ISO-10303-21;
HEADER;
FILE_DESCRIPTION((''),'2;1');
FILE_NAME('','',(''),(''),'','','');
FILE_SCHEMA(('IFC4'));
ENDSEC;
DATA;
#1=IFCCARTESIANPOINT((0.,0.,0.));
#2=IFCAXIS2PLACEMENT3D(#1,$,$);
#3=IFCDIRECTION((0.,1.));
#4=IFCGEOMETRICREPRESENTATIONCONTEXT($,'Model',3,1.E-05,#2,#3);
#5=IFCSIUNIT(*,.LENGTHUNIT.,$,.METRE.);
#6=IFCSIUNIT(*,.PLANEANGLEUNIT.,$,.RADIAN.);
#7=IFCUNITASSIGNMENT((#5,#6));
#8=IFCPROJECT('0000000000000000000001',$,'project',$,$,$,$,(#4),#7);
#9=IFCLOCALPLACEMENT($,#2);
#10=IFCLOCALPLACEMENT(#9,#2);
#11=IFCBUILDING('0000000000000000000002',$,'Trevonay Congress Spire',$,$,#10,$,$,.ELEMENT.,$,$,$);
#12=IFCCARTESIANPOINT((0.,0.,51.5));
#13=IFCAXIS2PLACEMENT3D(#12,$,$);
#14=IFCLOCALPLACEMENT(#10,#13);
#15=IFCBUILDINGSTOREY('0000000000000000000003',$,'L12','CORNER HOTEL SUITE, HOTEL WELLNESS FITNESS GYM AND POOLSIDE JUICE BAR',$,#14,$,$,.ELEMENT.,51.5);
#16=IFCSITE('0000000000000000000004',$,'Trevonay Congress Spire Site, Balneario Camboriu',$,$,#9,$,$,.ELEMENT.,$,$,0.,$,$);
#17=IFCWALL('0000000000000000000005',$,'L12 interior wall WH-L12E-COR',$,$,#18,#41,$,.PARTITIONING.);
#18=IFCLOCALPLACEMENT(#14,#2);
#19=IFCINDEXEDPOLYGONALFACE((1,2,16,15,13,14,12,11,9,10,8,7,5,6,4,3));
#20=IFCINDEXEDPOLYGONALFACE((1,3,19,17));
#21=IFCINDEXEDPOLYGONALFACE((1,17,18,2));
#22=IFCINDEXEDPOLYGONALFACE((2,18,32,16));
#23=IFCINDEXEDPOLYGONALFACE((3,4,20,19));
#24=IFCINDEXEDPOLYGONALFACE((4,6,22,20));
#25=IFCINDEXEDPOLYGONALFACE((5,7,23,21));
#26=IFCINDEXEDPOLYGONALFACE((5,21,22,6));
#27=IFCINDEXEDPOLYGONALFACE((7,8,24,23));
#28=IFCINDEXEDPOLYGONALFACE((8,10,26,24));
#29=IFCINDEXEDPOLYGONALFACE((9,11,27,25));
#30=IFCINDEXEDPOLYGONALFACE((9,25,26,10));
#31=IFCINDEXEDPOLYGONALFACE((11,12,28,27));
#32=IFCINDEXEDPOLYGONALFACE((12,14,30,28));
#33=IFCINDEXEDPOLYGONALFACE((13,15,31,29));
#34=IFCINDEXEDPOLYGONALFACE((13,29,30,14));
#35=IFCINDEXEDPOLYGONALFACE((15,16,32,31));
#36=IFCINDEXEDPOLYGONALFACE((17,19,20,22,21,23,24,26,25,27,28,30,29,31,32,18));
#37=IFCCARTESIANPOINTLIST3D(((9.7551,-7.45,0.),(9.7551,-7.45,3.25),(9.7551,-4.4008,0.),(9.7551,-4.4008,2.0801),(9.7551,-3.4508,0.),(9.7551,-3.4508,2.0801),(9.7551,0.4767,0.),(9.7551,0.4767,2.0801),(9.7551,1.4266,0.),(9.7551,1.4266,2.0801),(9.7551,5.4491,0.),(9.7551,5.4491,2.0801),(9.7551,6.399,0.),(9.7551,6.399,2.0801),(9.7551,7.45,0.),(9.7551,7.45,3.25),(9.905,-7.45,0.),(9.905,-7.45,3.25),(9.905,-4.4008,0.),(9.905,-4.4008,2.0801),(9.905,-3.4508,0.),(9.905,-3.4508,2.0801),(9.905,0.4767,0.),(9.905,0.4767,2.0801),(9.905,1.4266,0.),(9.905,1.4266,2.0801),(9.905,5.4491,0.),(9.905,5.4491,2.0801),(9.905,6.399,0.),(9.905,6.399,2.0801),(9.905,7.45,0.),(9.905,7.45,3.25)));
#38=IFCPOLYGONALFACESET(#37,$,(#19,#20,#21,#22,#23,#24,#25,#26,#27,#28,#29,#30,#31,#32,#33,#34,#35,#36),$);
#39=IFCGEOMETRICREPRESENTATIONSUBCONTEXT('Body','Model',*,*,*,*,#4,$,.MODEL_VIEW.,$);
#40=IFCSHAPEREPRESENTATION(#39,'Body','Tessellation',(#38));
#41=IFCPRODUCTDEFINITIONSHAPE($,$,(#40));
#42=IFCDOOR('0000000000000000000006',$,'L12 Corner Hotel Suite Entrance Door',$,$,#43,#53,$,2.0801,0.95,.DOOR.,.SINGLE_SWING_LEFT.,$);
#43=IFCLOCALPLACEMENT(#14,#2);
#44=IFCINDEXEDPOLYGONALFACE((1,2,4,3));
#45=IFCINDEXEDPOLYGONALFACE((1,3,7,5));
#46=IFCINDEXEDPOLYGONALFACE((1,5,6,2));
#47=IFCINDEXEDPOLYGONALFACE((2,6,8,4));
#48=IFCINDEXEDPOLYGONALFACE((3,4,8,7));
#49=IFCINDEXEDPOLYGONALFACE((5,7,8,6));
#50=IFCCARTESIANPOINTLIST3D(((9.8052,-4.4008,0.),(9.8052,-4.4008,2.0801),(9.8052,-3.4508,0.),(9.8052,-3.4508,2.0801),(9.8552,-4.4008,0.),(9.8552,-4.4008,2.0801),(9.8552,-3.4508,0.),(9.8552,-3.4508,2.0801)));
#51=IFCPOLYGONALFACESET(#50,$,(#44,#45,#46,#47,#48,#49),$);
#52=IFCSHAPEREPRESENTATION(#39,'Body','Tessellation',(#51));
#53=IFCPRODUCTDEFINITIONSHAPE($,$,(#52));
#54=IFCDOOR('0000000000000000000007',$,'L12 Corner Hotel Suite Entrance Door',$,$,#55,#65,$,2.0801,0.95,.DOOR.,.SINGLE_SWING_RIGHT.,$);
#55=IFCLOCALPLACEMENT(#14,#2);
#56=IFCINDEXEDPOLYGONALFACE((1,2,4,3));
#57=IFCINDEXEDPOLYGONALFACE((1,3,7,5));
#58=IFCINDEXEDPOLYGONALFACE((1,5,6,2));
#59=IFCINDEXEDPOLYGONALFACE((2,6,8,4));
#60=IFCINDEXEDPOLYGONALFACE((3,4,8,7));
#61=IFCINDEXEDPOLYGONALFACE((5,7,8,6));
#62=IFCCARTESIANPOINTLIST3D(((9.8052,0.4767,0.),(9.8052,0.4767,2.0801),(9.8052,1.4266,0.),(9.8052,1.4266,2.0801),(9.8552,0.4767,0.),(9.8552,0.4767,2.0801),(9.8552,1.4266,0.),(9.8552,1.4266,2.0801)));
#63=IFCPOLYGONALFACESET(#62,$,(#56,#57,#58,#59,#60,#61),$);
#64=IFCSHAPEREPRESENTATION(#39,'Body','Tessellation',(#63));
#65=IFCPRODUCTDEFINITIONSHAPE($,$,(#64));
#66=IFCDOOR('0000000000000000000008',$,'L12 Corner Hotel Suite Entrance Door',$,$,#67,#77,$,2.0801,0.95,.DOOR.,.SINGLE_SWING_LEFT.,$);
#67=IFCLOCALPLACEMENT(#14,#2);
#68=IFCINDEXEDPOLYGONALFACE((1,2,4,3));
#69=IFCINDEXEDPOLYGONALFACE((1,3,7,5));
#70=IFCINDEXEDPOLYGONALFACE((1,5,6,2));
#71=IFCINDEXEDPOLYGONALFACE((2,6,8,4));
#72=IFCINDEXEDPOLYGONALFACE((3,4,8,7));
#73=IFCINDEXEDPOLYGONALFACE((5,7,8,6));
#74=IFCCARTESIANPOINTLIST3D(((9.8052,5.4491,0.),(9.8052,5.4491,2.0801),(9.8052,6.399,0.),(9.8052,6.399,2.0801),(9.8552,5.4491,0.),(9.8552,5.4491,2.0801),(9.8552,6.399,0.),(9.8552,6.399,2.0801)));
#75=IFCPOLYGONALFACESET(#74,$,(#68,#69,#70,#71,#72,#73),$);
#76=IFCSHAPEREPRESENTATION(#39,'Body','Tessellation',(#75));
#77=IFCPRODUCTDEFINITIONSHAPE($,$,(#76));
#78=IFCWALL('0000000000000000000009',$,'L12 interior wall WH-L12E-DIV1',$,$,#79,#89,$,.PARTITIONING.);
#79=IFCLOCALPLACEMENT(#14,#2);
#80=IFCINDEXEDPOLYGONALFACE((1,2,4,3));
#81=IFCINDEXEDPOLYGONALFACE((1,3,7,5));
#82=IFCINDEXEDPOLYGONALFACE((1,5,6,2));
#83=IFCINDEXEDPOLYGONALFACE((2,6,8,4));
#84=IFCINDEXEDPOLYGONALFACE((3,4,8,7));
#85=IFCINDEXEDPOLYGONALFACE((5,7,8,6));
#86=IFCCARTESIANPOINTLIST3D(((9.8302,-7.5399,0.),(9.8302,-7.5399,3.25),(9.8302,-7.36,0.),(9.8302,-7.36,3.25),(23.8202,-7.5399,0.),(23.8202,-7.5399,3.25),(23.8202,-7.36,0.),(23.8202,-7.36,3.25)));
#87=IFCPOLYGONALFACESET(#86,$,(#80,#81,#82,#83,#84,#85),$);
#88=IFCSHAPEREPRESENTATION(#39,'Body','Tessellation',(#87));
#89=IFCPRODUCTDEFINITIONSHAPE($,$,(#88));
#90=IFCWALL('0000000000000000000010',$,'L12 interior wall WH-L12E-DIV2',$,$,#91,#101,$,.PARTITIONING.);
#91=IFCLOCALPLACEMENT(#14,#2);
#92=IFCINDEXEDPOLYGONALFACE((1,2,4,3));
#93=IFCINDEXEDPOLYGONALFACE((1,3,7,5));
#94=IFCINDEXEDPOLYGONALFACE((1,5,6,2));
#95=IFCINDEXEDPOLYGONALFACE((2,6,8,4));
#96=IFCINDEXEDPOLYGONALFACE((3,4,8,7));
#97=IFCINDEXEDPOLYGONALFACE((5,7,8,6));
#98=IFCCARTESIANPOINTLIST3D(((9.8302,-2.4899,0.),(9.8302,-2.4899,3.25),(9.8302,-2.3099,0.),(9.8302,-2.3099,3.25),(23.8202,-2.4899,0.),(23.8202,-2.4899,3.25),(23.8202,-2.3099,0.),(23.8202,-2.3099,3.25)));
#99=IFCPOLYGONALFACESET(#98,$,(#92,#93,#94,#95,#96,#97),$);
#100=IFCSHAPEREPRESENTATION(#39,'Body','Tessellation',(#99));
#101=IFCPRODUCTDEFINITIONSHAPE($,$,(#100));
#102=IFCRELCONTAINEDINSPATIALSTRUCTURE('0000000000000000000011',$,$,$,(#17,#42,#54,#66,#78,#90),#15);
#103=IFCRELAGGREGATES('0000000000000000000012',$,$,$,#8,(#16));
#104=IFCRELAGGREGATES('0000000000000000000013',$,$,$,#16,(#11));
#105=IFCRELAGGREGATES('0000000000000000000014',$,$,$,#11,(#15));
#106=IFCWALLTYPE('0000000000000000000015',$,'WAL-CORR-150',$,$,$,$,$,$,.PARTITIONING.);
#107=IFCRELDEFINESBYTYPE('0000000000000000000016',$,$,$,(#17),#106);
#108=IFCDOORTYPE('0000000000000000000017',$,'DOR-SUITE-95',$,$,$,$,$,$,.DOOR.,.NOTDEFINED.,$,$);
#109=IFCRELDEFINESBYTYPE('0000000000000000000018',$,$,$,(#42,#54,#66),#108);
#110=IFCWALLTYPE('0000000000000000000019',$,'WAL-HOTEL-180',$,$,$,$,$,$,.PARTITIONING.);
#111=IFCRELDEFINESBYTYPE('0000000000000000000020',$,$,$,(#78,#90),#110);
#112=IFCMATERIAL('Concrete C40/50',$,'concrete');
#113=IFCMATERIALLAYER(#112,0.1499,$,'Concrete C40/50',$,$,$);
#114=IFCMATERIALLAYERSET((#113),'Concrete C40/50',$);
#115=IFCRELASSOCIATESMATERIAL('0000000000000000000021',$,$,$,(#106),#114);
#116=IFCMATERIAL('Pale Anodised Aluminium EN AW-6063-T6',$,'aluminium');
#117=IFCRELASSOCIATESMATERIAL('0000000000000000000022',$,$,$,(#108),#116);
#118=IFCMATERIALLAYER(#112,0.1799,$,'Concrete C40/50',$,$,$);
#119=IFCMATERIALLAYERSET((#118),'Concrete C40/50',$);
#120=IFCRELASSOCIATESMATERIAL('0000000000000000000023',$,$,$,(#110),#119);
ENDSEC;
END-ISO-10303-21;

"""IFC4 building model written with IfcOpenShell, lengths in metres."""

from ifc_helpers import new_model, si_unit, direction, frame, frame_2d, origin, place, context, subcontext, project, spatial, rectangle, extrude, material, layer, layer_set, type_object, element, fill, save


model = new_model("IFC4")

# Units and contexts
model_context = context("Model", 3, precision=1e-05, world=origin(), true_north=direction((0.0, 1.0)))
body_context = subcontext(model_context, "Body", "Model", "MODEL_VIEW")
ifc_project = project(units=[si_unit("LENGTHUNIT", "METRE"), si_unit("PLANEANGLEUNIT", "RADIAN")], contexts=[model_context])

# Site, building, storey
site_placement = place(None, origin())
site = spatial("IfcSite", under=ifc_project, at=site_placement, Name="Trevonay Congress Spire Site, Balneario Camboriu", CompositionType="ELEMENT", RefElevation=0.0)
building_placement = place(site_placement, origin())
building = spatial("IfcBuilding", under=site, at=building_placement, Name="Trevonay Congress Spire", CompositionType="ELEMENT")
storey_placement = place(building_placement, frame((0.0, 0.0, 51.5)))
storey = spatial("IfcBuildingStorey", under=building, at=storey_placement, Name="L12", Description="CORNER HOTEL SUITE, HOTEL WELLNESS FITNESS GYM AND POOLSIDE JUICE BAR", CompositionType="ELEMENT", Elevation=51.5)

# Shared definitions
ifc_material_1 = material(Name="Pale Anodised Aluminium EN AW-6063-T6", Category="aluminium")

# Shared definitions
ifc_material_2 = material(Name="Concrete C40/50", Category="concrete")

# Wall, openings, doors
ifc_layer_1 = layer(ifc_material_2, 0.1499, Name="Concrete C40/50")
ifc_layer_set_1 = layer_set([ifc_layer_1], Name="Concrete C40/50")
wall_type_1 = type_object("IfcWallType", Name="WAL-CORR-150", PredefinedType="PARTITIONING", material=ifc_layer_set_1)
wall_1_placement = place(storey_placement, frame((9.8301, -7.45, 0.0), z_axis=(0.0, 0.0, 1.0), x_axis=(0.0, 1.0, 0.0)))
wall_1 = element("IfcWall", 1, at=wall_1_placement, inside=storey, type_object=wall_type_1, Name="L12 interior wall WH-L12E-COR", PredefinedType="PARTITIONING", context=body_context, shape_type="SweptSolid", body=[
    extrude(rectangle(XDim=14.8999, YDim=0.1499, at=frame_2d((7.45, 0.0))), origin(), (0.0, 0.0, 1.0), 3.25),
])
opening_1_placement = place(wall_1_placement, frame((3.0491, 0.0, 0.0)))
opening_1 = element("IfcOpeningElement", 2, at=opening_1_placement, cuts=wall_1, PredefinedType="OPENING", context=body_context, shape_type="SweptSolid", body=[
    extrude(rectangle(XDim=0.95, YDim=2.0801, at=frame_2d((0.4751, 1.04))), frame((0.0, 0.085, 0.0), z_axis=(0.0, -1.0, 0.0), x_axis=(1.0, 0.0, 0.0)), (0.0, 0.0, 1.0), 0.1699),
])
opening_2_placement = place(wall_1_placement, frame((7.9265, 0.0, 0.0)))
opening_2 = element("IfcOpeningElement", 3, at=opening_2_placement, cuts=wall_1, PredefinedType="OPENING", context=body_context, shape_type="SweptSolid", body=[
    extrude(rectangle(XDim=0.95, YDim=2.0801, at=frame_2d((0.4751, 1.04))), frame((0.0, 0.085, 0.0), z_axis=(0.0, -1.0, 0.0), x_axis=(1.0, 0.0, 0.0)), (0.0, 0.0, 1.0), 0.1699),
])
opening_3_placement = place(wall_1_placement, frame((12.8989, 0.0, 0.0)))
opening_3 = element("IfcOpeningElement", 4, at=opening_3_placement, cuts=wall_1, PredefinedType="OPENING", context=body_context, shape_type="SweptSolid", body=[
    extrude(rectangle(XDim=0.95, YDim=2.0801, at=frame_2d((0.4751, 1.04))), frame((0.0, 0.085, 0.0), z_axis=(0.0, -1.0, 0.0), x_axis=(1.0, 0.0, 0.0)), (0.0, 0.0, 1.0), 0.1699),
])
door_type_1 = type_object("IfcDoorType", Name="DOR-SUITE-95", OperationType="NOTDEFINED", PredefinedType="DOOR", material=ifc_material_1)
door_1_placement = place(opening_1_placement, origin())
door_1 = element("IfcDoor", 5, at=door_1_placement, inside=storey, type_object=door_type_1, Name="L12 Corner Hotel Suite Entrance Door", OperationType="SINGLE_SWING_LEFT", OverallHeight=2.0801, OverallWidth=0.95, PredefinedType="DOOR", context=body_context, shape_type="SweptSolid", body=[
    extrude(rectangle(XDim=0.95, YDim=2.0801, at=frame_2d((0.4751, 1.04))), frame((0.0, 0.0249, 0.0), z_axis=(0.0, -1.0, 0.0), x_axis=(1.0, 0.0, 0.0)), (0.0, 0.0, 1.0), 0.05),
])
fill(opening_1, door_1)
door_2_placement = place(opening_2_placement, origin())
door_2 = element("IfcDoor", 6, at=door_2_placement, inside=storey, type_object=door_type_1, Name="L12 Corner Hotel Suite Entrance Door", OperationType="SINGLE_SWING_RIGHT", OverallHeight=2.0801, OverallWidth=0.95, PredefinedType="DOOR", context=body_context, shape_type="SweptSolid", body=[
    extrude(rectangle(XDim=0.95, YDim=2.0801, at=frame_2d((0.4751, 1.04))), frame((0.0, 0.0249, 0.0), z_axis=(0.0, -1.0, 0.0), x_axis=(1.0, 0.0, 0.0)), (0.0, 0.0, 1.0), 0.05),
])
fill(opening_2, door_2)
door_3_placement = place(opening_3_placement, origin())
door_3 = element("IfcDoor", 7, at=door_3_placement, inside=storey, type_object=door_type_1, Name="L12 Corner Hotel Suite Entrance Door", OperationType="SINGLE_SWING_LEFT", OverallHeight=2.0801, OverallWidth=0.95, PredefinedType="DOOR", context=body_context, shape_type="SweptSolid", body=[
    extrude(rectangle(XDim=0.95, YDim=2.0801, at=frame_2d((0.4751, 1.04))), frame((0.0, 0.0249, 0.0), z_axis=(0.0, -1.0, 0.0), x_axis=(1.0, 0.0, 0.0)), (0.0, 0.0, 1.0), 0.05),
])
fill(opening_3, door_3)

# Walls
ifc_layer_2 = layer(ifc_material_2, 0.1799, Name="Concrete C40/50")
ifc_layer_set_2 = layer_set([ifc_layer_2], Name="Concrete C40/50")
wall_type_2 = type_object("IfcWallType", Name="WAL-HOTEL-180", PredefinedType="PARTITIONING", material=ifc_layer_set_2)
for number, where, z_axis, x_axis, name in (
    (8, (9.8301, -7.45, 0.0), (0.0, 0.0, 1.0), (1.0, 0.0, 0.0), "L12 interior wall WH-L12E-DIV1"),
    (9, (9.8301, -2.3999, 0.0), (0.0, 0.0, 1.0), (1.0, 0.0, 0.0), "L12 interior wall WH-L12E-DIV2"),
):
    element("IfcWall", number, at=place(storey_placement, frame(where, z_axis=z_axis, x_axis=x_axis)), inside=storey, type_object=wall_type_2, Name=name, PredefinedType="PARTITIONING", context=body_context, shape_type="SweptSolid", body=[
        extrude(rectangle(XDim=13.99, YDim=0.1799, at=frame_2d((6.9951, 0.0))), origin(), (0.0, 0.0, 1.0), 3.25),
    ])

save(model, "model.ifc")
